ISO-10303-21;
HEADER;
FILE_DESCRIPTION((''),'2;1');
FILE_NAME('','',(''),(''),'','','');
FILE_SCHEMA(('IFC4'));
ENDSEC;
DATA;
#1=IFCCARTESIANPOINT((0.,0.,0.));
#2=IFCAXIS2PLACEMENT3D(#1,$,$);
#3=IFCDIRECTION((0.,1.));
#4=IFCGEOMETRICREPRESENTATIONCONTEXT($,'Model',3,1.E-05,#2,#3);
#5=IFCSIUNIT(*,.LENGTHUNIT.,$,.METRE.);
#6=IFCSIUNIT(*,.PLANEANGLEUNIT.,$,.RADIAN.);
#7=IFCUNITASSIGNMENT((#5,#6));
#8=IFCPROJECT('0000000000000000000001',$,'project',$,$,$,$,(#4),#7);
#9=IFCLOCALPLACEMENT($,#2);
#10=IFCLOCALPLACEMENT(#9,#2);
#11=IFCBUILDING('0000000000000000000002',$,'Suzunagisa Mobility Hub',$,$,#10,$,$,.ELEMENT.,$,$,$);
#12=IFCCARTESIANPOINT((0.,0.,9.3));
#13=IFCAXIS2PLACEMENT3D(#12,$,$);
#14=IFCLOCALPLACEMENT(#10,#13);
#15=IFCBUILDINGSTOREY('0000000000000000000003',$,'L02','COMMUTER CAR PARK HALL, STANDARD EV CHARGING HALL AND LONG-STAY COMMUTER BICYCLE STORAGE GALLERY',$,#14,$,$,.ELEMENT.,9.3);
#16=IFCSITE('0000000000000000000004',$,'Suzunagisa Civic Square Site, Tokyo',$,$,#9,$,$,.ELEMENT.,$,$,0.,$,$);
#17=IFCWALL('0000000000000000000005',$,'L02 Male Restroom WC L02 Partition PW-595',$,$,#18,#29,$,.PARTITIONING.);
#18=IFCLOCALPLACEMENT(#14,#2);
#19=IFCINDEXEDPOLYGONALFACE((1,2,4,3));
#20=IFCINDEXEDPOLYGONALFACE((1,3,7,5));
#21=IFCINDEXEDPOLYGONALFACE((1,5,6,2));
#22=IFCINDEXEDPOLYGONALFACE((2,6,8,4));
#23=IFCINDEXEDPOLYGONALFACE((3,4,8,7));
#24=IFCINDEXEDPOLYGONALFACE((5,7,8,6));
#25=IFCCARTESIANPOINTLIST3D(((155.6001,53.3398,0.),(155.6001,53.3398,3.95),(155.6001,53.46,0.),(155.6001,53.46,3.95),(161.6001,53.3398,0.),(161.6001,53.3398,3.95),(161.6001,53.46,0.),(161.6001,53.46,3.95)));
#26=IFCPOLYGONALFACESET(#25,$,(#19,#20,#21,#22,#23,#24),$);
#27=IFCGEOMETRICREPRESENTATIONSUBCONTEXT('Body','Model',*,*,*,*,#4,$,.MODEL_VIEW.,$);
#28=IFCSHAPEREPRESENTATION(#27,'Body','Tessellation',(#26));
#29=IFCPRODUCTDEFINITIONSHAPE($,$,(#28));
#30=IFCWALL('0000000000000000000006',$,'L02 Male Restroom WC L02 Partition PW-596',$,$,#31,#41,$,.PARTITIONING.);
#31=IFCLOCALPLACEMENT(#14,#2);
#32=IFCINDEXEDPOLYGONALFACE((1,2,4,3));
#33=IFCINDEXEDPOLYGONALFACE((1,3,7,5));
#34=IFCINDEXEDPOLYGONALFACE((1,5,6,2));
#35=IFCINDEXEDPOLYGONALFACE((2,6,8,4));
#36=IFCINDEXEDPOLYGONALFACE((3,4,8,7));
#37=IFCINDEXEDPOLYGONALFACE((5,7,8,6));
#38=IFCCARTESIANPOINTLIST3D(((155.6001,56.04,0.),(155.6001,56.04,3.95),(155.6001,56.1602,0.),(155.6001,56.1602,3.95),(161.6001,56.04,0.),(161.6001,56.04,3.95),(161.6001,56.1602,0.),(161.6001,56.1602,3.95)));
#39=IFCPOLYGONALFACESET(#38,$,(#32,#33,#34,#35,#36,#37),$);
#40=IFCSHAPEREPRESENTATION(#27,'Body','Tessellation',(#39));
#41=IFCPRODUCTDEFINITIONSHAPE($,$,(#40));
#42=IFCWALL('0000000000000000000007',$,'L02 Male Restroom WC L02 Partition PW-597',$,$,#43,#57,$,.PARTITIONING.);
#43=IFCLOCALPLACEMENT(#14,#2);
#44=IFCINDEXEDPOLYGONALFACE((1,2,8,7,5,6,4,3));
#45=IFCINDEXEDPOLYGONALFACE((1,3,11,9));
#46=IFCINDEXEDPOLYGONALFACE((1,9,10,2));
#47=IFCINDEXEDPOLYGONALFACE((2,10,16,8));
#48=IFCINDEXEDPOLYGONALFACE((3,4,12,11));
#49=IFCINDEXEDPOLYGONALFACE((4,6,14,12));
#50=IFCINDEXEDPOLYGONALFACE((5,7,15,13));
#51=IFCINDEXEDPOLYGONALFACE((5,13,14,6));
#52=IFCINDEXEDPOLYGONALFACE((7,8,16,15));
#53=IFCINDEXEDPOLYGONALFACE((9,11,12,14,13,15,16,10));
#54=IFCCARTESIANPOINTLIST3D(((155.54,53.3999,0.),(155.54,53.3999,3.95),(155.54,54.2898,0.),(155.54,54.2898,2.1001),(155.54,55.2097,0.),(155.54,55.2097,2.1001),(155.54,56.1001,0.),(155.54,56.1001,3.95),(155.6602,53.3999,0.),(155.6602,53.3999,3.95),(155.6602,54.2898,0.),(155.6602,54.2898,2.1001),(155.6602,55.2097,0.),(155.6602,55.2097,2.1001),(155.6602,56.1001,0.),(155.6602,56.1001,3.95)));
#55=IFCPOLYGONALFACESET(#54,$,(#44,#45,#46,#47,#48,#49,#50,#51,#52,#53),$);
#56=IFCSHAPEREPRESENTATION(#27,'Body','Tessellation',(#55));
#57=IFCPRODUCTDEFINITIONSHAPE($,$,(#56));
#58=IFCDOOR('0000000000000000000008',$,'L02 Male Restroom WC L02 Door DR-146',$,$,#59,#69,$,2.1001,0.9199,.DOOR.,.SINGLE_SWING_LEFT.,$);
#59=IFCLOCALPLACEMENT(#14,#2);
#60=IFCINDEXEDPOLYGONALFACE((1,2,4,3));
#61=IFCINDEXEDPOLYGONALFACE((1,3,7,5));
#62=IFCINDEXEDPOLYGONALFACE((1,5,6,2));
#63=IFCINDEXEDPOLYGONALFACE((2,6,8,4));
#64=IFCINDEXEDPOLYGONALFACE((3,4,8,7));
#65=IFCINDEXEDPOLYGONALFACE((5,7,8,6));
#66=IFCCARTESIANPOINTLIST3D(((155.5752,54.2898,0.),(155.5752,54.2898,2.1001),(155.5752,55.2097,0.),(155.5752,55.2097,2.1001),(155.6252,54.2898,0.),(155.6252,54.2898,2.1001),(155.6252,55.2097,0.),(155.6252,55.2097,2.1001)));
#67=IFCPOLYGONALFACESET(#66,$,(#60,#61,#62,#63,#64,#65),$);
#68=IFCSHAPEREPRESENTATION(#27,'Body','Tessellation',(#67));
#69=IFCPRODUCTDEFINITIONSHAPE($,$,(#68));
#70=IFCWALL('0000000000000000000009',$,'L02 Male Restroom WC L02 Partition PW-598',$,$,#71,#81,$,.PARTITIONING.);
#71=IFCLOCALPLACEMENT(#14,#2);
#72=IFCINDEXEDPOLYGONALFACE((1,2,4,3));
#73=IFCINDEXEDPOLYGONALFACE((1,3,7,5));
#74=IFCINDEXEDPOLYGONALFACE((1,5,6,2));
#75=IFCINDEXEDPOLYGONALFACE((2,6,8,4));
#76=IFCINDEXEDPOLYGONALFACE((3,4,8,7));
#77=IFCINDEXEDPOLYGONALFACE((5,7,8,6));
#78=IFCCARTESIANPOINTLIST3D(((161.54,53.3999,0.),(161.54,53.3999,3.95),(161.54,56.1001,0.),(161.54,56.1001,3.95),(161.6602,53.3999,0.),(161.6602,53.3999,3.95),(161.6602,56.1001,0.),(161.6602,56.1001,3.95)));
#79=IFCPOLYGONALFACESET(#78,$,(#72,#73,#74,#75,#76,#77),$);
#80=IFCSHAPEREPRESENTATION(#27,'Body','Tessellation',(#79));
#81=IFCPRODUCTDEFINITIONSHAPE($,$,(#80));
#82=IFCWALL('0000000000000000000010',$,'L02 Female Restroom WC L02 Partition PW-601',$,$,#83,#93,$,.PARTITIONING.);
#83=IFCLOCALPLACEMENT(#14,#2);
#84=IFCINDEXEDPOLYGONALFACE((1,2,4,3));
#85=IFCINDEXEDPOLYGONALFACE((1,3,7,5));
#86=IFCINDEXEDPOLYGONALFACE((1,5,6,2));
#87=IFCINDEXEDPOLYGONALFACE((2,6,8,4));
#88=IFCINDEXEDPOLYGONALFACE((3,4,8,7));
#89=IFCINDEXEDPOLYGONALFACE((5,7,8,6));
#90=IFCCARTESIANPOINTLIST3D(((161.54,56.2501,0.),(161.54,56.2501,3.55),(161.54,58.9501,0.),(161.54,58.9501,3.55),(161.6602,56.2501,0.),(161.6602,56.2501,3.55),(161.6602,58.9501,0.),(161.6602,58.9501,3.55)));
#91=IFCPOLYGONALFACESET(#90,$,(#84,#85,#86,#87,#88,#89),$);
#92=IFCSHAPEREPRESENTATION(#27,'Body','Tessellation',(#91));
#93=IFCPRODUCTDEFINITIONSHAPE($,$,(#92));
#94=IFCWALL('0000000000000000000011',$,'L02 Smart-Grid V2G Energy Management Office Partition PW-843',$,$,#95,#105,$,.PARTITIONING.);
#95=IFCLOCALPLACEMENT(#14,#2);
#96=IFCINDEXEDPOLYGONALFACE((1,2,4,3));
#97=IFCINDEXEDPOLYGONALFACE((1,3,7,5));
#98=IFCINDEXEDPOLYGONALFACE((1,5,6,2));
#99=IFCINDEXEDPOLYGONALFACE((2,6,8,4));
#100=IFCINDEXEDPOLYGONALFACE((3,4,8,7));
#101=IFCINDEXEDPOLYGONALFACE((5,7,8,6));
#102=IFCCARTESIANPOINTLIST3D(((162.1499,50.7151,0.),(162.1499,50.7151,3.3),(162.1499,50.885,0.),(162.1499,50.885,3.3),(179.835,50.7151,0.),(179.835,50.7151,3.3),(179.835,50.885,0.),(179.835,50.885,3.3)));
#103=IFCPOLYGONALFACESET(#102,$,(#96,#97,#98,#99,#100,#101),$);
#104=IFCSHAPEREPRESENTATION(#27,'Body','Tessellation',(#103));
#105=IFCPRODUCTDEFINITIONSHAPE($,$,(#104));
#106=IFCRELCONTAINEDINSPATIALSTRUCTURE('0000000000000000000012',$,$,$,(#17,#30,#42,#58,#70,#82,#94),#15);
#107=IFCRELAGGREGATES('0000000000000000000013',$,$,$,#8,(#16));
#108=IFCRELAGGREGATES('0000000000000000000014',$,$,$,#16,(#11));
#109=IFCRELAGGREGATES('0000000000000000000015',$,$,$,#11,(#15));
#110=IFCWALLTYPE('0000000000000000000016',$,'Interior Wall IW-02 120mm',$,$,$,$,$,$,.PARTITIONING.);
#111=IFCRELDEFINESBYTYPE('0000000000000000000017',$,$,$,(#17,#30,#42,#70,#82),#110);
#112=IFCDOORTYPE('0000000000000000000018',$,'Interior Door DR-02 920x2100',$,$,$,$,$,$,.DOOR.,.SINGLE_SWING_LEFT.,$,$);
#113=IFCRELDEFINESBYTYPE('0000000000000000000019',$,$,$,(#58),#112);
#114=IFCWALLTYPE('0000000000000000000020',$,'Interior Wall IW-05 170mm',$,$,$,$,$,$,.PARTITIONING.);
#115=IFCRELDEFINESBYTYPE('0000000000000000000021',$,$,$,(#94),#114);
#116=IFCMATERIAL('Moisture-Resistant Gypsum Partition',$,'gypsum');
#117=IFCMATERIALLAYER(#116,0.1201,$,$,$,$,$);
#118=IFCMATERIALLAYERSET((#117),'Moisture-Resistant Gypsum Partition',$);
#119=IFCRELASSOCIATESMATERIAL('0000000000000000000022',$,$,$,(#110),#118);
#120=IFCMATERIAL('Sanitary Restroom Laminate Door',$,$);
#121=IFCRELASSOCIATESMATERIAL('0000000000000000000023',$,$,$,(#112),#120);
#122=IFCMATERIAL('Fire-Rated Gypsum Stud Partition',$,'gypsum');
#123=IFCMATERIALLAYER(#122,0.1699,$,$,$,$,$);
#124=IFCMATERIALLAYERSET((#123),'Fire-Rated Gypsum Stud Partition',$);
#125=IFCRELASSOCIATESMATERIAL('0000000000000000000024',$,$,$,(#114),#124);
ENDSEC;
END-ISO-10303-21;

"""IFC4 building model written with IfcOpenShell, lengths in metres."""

from ifc_helpers import new_model, si_unit, direction, frame, frame_2d, origin, place, context, subcontext, project, spatial, rectangle, extrude, material, layer, layer_set, type_object, element, fill, save


model = new_model("IFC4")

# Units and contexts
model_context = context("Model", 3, precision=1e-05, world=origin(), true_north=direction((0.0, 1.0)))
body_context = subcontext(model_context, "Body", "Model", "MODEL_VIEW")
ifc_project = project(units=[si_unit("LENGTHUNIT", "METRE"), si_unit("PLANEANGLEUNIT", "RADIAN")], contexts=[model_context])

# Site, building, storey
site_placement = place(None, origin())
site = spatial("IfcSite", under=ifc_project, at=site_placement, Name="Suzunagisa Civic Square Site, Tokyo", CompositionType="ELEMENT", RefElevation=0.0)
building_placement = place(site_placement, origin())
building = spatial("IfcBuilding", under=site, at=building_placement, Name="Suzunagisa Mobility Hub", CompositionType="ELEMENT")
storey_placement = place(building_placement, frame((0.0, 0.0, 9.3)))
storey = spatial("IfcBuildingStorey", under=building, at=storey_placement, Name="L02", Description="COMMUTER CAR PARK HALL, STANDARD EV CHARGING HALL AND LONG-STAY COMMUTER BICYCLE STORAGE GALLERY", CompositionType="ELEMENT", Elevation=9.3)

# Walls
ifc_material_1 = material(Name="Moisture-Resistant Gypsum Partition", Category="gypsum")
ifc_layer_1 = layer(ifc_material_1, 0.1201)
ifc_layer_set_1 = layer_set([ifc_layer_1], Name="Moisture-Resistant Gypsum Partition")
wall_type_1 = type_object("IfcWallType", Name="Interior Wall IW-02 120mm", PredefinedType="PARTITIONING", material=ifc_layer_set_1)
for number, where, z_axis, x_axis, name in (
    (1, (155.6001, 53.3999, 0.0), (0.0, 0.0, 1.0), (1.0, 0.0, 0.0), "L02 Male Restroom WC L02 Partition PW-595"),
    (2, (155.6001, 56.1001, 0.0), (0.0, 0.0, 1.0), (1.0, 0.0, 0.0), "L02 Male Restroom WC L02 Partition PW-596"),
):
    element("IfcWall", number, at=place(storey_placement, frame(where, z_axis=z_axis, x_axis=x_axis)), inside=storey, type_object=wall_type_1, Name=name, PredefinedType="PARTITIONING", context=body_context, shape_type="SweptSolid", body=[
        extrude(rectangle(XDim=6.0, YDim=0.1201, at=frame_2d((3.0, 0.0))), origin(), (0.0, 0.0, 1.0), 3.95),
    ])

# Wall, opening, door
wall_1_placement = place(storey_placement, frame((155.6001, 53.3999, 0.0), z_axis=(0.0, 0.0, 1.0), x_axis=(0.0, 1.0, 0.0)))
wall_1 = element("IfcWall", 3, at=wall_1_placement, inside=storey, type_object=wall_type_1, Name="L02 Male Restroom WC L02 Partition PW-597", PredefinedType="PARTITIONING", context=body_context, shape_type="SweptSolid", body=[
    extrude(rectangle(XDim=2.7002, YDim=0.1201, at=frame_2d((1.3501, 0.0))), origin(), (0.0, 0.0, 1.0), 3.95),
])
opening_1_placement = place(wall_1_placement, frame((0.8899, 0.0, 0.0)))
opening_1 = element("IfcOpeningElement", 4, at=opening_1_placement, cuts=wall_1, PredefinedType="OPENING", context=body_context, shape_type="SweptSolid", body=[
    extrude(rectangle(XDim=0.9199, YDim=2.1001, at=frame_2d((0.46, 1.05))), frame((0.0, 0.071, 0.0), z_axis=(0.0, -1.0, 0.0), x_axis=(1.0, 0.0, 0.0)), (0.0, 0.0, 1.0), 0.1421),
])
ifc_material_2 = material(Name="Sanitary Restroom Laminate Door")
door_type_1 = type_object("IfcDoorType", Name="Interior Door DR-02 920x2100", OperationType="SINGLE_SWING_LEFT", PredefinedType="DOOR", material=ifc_material_2)
door_1_placement = place(opening_1_placement, origin())
door_1 = element("IfcDoor", 5, at=door_1_placement, inside=storey, type_object=door_type_1, Name="L02 Male Restroom WC L02 Door DR-146", OperationType="SINGLE_SWING_LEFT", OverallHeight=2.1001, OverallWidth=0.9199, PredefinedType="DOOR", context=body_context, shape_type="SweptSolid", body=[
    extrude(rectangle(XDim=0.9199, YDim=2.1001, at=frame_2d((0.46, 1.05))), frame((0.0, 0.0249, 0.0), z_axis=(0.0, -1.0, 0.0), x_axis=(1.0, 0.0, 0.0)), (0.0, 0.0, 1.0), 0.05),
])
fill(opening_1, door_1)

# Wall
wall_2_placement = place(storey_placement, frame((161.6001, 53.3999, 0.0), z_axis=(0.0, 0.0, 1.0), x_axis=(0.0, 1.0, 0.0)))
element("IfcWall", 6, at=wall_2_placement, inside=storey, type_object=wall_type_1, Name="L02 Male Restroom WC L02 Partition PW-598", PredefinedType="PARTITIONING", context=body_context, shape_type="SweptSolid", body=[
    extrude(rectangle(XDim=2.7002, YDim=0.1201, at=frame_2d((1.3501, 0.0))), origin(), (0.0, 0.0, 1.0), 3.95),
])

# Walls
wall_3_placement = place(storey_placement, frame((161.6001, 56.25, 0.0), z_axis=(0.0, 0.0, 1.0), x_axis=(0.0, 1.0, 0.0)))
element("IfcWall", 7, at=wall_3_placement, inside=storey, type_object=wall_type_1, Name="L02 Female Restroom WC L02 Partition PW-601", PredefinedType="PARTITIONING", context=body_context, shape_type="SweptSolid", body=[
    extrude(rectangle(XDim=2.7, YDim=0.1201, at=frame_2d((1.3501, 0.0))), origin(), (0.0, 0.0, 1.0), 3.55),
])
ifc_material_3 = material(Name="Fire-Rated Gypsum Stud Partition", Category="gypsum")
ifc_layer_2 = layer(ifc_material_3, 0.1699)
ifc_layer_set_2 = layer_set([ifc_layer_2], Name="Fire-Rated Gypsum Stud Partition")
wall_type_2 = type_object("IfcWallType", Name="Interior Wall IW-05 170mm", PredefinedType="PARTITIONING", material=ifc_layer_set_2)
wall_4_placement = place(storey_placement, frame((162.1499, 50.8, 0.0), z_axis=(0.0, 0.0, 1.0), x_axis=(1.0, 0.0, 0.0)))
element("IfcWall", 8, at=wall_4_placement, inside=storey, type_object=wall_type_2, Name="L02 Smart-Grid V2G Energy Management Office Partition PW-843", PredefinedType="PARTITIONING", context=body_context, shape_type="SweptSolid", body=[
    extrude(rectangle(XDim=17.6851, YDim=0.1699, at=frame_2d((8.8425, 0.0))), origin(), (0.0, 0.0, 1.0), 3.3),
])

save(model, "model.ifc")
